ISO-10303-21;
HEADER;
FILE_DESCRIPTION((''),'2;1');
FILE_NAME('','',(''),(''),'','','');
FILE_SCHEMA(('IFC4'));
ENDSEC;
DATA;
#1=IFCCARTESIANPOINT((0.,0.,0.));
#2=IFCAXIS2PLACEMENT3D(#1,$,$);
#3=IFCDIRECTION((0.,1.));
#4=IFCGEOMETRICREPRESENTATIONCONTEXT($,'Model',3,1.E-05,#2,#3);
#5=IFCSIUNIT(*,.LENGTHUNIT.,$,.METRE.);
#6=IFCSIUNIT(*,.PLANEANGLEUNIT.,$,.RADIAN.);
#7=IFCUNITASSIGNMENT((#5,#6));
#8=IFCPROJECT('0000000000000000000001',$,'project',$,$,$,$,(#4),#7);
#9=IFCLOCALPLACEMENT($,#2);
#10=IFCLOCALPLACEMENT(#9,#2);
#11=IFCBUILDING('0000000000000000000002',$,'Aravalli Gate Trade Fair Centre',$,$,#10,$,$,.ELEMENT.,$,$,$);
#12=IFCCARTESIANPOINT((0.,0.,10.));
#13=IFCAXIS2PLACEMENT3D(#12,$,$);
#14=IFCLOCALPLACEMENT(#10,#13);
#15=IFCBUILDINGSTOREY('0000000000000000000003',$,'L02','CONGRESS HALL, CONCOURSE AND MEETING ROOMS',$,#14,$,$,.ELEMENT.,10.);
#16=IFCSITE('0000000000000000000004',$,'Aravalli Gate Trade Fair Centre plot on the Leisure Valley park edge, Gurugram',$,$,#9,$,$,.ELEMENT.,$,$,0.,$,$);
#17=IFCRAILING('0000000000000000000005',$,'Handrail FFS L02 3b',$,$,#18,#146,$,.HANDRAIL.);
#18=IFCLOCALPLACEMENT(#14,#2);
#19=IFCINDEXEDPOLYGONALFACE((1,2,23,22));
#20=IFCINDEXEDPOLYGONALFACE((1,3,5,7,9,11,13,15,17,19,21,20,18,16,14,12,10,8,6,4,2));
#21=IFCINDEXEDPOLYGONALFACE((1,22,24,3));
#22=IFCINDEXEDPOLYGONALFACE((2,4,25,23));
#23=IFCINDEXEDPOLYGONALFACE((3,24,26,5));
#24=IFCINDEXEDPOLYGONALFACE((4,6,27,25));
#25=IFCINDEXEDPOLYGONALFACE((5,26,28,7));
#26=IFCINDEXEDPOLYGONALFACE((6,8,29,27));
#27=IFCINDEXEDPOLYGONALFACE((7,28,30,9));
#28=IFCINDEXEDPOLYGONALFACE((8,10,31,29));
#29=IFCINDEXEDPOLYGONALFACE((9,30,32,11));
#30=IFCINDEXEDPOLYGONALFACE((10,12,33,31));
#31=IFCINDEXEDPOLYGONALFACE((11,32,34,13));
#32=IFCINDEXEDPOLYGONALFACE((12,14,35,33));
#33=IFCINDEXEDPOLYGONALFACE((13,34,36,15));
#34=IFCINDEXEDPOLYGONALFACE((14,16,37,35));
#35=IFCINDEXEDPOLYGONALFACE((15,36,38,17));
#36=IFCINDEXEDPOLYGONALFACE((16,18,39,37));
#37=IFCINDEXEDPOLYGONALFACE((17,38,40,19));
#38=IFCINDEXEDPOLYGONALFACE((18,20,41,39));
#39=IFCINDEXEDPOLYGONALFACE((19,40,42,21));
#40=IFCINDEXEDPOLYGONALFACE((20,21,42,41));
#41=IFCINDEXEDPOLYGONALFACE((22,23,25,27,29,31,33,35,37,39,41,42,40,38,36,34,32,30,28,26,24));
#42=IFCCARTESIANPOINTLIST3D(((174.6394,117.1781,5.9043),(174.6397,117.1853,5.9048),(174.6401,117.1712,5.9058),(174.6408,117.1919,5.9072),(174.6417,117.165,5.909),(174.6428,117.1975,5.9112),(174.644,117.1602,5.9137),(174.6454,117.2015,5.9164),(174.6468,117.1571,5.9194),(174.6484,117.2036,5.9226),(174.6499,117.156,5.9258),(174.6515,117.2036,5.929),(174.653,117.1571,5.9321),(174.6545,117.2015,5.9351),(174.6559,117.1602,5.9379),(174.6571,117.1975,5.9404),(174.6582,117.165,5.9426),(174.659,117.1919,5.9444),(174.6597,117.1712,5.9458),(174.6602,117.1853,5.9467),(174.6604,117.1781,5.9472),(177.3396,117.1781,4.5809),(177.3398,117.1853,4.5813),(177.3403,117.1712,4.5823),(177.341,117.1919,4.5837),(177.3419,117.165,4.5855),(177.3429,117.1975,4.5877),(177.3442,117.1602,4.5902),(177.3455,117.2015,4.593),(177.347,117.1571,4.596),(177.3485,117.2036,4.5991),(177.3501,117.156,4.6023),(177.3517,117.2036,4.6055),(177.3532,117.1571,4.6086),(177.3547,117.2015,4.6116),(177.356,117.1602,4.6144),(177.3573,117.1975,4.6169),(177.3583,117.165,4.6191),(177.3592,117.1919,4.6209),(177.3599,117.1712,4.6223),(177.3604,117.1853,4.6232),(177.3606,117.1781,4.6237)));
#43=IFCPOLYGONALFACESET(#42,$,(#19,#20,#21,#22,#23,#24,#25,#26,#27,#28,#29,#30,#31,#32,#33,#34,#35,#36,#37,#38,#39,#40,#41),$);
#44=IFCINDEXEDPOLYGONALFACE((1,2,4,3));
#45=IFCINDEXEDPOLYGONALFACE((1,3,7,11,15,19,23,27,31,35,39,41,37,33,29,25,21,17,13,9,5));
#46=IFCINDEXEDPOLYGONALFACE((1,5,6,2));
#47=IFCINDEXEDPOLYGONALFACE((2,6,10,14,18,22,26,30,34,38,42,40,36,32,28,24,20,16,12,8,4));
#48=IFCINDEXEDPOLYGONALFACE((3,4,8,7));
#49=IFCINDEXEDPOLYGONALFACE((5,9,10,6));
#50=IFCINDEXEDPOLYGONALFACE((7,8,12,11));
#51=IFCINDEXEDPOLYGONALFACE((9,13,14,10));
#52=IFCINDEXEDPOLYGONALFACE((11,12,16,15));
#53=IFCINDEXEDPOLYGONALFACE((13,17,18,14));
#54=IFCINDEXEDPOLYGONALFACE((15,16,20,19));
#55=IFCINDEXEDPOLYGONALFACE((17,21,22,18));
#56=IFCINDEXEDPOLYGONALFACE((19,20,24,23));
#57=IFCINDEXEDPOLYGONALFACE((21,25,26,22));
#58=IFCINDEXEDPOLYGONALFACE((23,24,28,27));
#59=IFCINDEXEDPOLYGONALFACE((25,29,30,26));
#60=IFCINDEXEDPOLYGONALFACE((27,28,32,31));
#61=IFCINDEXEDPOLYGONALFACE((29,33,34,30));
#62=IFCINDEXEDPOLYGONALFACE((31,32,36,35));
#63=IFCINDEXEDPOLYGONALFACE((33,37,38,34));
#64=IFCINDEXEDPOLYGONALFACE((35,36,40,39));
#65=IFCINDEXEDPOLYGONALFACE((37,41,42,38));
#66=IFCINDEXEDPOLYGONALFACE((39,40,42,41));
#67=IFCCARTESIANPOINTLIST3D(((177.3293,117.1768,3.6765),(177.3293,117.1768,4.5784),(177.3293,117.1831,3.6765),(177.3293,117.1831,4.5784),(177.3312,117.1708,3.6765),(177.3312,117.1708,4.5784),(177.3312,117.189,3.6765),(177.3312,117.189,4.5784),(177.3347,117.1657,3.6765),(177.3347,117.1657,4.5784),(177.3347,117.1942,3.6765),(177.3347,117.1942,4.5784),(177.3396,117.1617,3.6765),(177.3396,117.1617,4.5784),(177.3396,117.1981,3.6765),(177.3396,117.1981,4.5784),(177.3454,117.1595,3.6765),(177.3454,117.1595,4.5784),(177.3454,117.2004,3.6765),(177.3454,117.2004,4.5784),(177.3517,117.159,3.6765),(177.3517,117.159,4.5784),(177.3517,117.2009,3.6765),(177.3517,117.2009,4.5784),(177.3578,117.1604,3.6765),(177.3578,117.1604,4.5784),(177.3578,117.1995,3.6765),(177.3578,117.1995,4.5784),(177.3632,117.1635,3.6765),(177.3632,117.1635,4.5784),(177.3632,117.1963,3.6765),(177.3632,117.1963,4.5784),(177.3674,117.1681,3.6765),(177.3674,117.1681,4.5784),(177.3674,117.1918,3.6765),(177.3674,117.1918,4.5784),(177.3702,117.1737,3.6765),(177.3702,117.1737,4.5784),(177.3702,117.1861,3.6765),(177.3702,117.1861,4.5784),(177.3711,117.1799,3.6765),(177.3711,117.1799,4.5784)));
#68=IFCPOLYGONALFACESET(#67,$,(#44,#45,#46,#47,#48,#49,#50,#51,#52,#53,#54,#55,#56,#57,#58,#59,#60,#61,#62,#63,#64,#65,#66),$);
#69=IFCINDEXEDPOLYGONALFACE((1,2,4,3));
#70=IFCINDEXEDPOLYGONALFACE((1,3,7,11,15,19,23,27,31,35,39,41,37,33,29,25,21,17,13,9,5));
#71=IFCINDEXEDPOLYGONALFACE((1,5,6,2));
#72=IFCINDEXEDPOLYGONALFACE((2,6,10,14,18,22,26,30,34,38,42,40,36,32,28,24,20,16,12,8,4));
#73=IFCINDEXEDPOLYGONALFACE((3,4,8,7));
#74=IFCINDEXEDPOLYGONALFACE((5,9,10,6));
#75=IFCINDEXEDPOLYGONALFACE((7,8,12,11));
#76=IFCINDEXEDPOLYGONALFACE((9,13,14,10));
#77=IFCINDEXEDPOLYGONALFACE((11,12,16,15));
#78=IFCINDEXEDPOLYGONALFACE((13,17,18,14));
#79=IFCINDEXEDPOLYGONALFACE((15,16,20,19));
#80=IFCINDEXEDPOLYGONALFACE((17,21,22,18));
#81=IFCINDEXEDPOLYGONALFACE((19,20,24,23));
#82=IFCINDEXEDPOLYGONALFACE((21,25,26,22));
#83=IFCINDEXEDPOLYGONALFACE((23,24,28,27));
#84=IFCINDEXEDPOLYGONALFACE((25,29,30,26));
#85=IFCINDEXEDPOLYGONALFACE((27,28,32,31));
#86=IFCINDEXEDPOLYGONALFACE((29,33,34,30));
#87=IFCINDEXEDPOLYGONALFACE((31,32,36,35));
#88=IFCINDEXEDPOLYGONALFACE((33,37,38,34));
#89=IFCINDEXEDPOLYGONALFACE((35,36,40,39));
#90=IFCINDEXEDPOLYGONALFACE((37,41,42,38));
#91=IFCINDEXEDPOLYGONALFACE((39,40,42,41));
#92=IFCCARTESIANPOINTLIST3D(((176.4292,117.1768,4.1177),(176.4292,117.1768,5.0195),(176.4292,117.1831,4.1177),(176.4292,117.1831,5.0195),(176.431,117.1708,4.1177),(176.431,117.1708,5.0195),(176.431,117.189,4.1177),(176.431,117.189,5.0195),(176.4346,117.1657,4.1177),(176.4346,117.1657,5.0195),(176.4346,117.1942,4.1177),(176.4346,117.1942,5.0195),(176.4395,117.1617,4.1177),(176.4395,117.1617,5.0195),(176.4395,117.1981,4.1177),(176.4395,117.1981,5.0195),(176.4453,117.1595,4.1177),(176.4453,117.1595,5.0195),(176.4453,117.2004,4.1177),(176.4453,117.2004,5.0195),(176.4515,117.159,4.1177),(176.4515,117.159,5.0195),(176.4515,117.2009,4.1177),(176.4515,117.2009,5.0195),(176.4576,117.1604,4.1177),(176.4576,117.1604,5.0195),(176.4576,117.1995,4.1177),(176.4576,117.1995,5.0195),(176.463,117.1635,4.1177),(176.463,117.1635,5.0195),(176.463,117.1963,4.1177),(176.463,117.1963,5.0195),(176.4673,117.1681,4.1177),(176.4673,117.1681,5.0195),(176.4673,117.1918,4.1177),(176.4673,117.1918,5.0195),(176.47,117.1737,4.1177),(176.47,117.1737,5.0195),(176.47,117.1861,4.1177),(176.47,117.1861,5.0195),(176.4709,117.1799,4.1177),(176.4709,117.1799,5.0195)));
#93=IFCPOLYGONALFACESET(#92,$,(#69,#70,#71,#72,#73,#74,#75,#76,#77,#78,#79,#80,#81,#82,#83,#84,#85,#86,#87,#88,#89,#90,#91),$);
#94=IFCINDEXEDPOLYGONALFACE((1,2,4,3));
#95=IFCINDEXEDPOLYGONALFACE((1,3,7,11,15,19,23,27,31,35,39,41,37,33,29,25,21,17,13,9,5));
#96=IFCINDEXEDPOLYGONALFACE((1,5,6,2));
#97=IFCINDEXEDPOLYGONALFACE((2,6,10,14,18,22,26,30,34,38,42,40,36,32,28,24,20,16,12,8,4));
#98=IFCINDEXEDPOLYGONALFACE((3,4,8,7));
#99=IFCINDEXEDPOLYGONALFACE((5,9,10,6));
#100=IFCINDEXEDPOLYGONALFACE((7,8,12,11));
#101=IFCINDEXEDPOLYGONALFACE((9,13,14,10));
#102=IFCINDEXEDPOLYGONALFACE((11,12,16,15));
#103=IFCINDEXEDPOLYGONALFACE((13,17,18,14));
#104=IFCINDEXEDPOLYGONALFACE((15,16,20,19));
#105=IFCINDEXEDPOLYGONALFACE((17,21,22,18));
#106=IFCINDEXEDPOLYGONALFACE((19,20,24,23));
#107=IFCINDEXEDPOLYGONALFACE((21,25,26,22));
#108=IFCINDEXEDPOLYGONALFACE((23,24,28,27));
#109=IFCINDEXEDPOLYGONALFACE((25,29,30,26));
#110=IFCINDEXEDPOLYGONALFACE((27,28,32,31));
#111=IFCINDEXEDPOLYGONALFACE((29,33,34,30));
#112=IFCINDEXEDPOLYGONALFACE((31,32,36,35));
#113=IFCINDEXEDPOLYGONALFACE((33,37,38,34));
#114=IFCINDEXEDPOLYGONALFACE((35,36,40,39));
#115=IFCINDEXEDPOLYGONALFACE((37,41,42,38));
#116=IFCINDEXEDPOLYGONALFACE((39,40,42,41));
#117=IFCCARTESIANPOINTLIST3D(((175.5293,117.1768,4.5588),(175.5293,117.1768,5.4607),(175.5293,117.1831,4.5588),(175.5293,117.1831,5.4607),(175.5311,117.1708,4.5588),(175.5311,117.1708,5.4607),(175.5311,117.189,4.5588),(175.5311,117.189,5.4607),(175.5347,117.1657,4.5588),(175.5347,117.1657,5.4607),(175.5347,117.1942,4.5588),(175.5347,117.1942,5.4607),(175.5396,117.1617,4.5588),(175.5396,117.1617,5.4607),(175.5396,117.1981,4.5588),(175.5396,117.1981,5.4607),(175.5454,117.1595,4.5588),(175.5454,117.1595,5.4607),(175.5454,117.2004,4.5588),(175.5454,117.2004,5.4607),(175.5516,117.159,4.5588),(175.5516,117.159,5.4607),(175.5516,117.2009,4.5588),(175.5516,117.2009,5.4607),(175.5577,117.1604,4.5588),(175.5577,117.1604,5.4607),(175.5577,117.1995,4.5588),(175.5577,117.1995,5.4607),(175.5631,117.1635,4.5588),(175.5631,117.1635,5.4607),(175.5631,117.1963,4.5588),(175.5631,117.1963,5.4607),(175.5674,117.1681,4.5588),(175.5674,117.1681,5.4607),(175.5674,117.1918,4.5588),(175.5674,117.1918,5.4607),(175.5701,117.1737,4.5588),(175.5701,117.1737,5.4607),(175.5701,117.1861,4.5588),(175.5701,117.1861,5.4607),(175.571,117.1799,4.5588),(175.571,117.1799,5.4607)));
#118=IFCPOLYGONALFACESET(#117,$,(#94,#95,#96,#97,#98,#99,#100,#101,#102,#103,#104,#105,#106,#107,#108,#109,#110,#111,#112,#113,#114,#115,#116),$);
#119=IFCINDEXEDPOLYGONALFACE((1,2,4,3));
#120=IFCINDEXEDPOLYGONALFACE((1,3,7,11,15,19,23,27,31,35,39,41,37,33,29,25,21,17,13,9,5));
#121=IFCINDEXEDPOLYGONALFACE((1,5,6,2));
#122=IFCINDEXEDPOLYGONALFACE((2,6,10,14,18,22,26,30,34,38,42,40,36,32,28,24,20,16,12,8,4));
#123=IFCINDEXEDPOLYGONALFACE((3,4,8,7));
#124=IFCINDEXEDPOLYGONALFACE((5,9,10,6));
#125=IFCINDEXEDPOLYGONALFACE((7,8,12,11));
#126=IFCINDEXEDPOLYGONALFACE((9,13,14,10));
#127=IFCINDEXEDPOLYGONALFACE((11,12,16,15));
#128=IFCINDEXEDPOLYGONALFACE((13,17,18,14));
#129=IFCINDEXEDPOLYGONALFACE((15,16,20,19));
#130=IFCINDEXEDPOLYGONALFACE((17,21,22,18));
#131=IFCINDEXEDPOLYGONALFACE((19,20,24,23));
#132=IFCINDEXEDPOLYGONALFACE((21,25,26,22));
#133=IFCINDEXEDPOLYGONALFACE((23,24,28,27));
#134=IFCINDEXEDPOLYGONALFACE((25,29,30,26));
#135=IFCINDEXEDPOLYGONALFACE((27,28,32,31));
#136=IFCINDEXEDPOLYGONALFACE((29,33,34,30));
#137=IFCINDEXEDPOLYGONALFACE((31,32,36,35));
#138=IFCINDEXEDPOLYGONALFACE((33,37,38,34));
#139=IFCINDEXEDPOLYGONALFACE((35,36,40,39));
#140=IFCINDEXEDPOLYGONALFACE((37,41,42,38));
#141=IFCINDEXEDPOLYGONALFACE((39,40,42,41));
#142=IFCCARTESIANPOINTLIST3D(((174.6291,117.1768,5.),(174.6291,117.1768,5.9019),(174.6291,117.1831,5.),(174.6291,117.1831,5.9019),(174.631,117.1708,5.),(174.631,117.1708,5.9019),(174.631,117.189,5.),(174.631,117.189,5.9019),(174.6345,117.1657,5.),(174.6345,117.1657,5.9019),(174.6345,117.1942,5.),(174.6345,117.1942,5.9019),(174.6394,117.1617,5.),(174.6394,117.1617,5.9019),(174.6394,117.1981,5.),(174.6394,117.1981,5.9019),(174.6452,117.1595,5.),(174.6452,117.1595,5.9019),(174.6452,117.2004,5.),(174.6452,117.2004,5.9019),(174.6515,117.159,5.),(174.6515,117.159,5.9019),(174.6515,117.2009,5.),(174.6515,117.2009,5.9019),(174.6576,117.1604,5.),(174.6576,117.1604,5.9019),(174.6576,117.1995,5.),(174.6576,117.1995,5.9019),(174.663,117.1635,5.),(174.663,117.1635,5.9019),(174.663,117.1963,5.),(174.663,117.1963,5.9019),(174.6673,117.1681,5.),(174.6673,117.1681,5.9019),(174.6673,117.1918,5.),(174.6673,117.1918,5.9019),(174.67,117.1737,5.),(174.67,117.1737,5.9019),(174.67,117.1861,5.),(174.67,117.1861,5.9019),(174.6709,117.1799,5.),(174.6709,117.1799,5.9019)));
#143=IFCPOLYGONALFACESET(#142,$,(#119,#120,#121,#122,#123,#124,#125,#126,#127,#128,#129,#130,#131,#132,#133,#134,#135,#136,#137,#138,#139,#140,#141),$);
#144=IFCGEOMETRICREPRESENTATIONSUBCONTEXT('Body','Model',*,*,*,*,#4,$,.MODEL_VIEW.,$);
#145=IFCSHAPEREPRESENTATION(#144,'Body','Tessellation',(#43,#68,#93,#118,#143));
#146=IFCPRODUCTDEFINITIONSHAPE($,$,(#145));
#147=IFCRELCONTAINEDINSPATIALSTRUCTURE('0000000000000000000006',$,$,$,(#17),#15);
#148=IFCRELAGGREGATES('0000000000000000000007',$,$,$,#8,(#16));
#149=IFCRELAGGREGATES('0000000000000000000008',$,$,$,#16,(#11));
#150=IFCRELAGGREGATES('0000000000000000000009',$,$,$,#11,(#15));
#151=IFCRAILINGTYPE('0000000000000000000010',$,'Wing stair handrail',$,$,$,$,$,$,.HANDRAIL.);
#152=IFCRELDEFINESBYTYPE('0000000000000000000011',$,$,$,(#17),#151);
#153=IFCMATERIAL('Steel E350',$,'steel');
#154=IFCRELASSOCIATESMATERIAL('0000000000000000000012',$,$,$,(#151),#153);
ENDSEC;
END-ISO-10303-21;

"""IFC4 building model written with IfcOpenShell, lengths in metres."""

from ifc_helpers import new_model, si_unit, direction, frame, origin, origin_2d, place, context, subcontext, project, spatial, circle, extrude, material, type_object, element, save


model = new_model("IFC4")

# Units and contexts
model_context = context("Model", 3, precision=1e-05, world=origin(), true_north=direction((0.0, 1.0)))
body_context = subcontext(model_context, "Body", "Model", "MODEL_VIEW")
ifc_project = project(units=[si_unit("LENGTHUNIT", "METRE"), si_unit("PLANEANGLEUNIT", "RADIAN")], contexts=[model_context])

# Site, building, storey
site_placement = place(None, origin())
site = spatial("IfcSite", under=ifc_project, at=site_placement, Name="Aravalli Gate Trade Fair Centre plot on the Leisure Valley park edge, Gurugram", CompositionType="ELEMENT", RefElevation=0.0)
building_placement = place(site_placement, origin())
building = spatial("IfcBuilding", under=site, at=building_placement, Name="Aravalli Gate Trade Fair Centre", CompositionType="ELEMENT")
storey_placement = place(building_placement, frame((0.0, 0.0, 10.0)))
storey = spatial("IfcBuildingStorey", under=building, at=storey_placement, Name="L02", Description="CONGRESS HALL, CONCOURSE AND MEETING ROOMS", CompositionType="ELEMENT", Elevation=10.0)

# Shared definitions
ifc_material_1 = material(Name="Steel E350", Category="steel")

# Railing
railing_type_1 = type_object("IfcRailingType", Name="Wing stair handrail", PredefinedType="HANDRAIL", material=ifc_material_1)
railing_1_placement = place(storey_placement, frame((177.3501, 117.1799, 3.6765)))
element("IfcRailing", 1, at=railing_1_placement, inside=storey, type_object=railing_type_1, Name="Handrail FFS L02 3b", PredefinedType="HANDRAIL", context=body_context, shape_type="SweptSolid", body=[
    extrude(circle(Radius=0.0239, at=origin_2d()), frame((0.0, 0.0, 0.9258), z_axis=(-0.897939, 0.0, 0.44012), x_axis=(0.0, -1.0, 0.0)), (0.0, 0.0, 1.0), 3.0071),
    extrude(circle(Radius=0.021, at=origin_2d()), origin(), (0.0, 0.0, 1.0), 0.9019),
    extrude(circle(Radius=0.021, at=origin_2d()), frame((-0.9001, 0.0, 0.4412)), (0.0, 0.0, 1.0), 0.9019),
    extrude(circle(Radius=0.021, at=origin_2d()), frame((-1.8, 0.0, 0.8823)), (0.0, 0.0, 1.0), 0.9019),
    extrude(circle(Radius=0.021, at=origin_2d()), frame((-2.7002, 0.0, 1.3235)), (0.0, 0.0, 1.0), 0.9019),
])

save(model, "model.ifc")
